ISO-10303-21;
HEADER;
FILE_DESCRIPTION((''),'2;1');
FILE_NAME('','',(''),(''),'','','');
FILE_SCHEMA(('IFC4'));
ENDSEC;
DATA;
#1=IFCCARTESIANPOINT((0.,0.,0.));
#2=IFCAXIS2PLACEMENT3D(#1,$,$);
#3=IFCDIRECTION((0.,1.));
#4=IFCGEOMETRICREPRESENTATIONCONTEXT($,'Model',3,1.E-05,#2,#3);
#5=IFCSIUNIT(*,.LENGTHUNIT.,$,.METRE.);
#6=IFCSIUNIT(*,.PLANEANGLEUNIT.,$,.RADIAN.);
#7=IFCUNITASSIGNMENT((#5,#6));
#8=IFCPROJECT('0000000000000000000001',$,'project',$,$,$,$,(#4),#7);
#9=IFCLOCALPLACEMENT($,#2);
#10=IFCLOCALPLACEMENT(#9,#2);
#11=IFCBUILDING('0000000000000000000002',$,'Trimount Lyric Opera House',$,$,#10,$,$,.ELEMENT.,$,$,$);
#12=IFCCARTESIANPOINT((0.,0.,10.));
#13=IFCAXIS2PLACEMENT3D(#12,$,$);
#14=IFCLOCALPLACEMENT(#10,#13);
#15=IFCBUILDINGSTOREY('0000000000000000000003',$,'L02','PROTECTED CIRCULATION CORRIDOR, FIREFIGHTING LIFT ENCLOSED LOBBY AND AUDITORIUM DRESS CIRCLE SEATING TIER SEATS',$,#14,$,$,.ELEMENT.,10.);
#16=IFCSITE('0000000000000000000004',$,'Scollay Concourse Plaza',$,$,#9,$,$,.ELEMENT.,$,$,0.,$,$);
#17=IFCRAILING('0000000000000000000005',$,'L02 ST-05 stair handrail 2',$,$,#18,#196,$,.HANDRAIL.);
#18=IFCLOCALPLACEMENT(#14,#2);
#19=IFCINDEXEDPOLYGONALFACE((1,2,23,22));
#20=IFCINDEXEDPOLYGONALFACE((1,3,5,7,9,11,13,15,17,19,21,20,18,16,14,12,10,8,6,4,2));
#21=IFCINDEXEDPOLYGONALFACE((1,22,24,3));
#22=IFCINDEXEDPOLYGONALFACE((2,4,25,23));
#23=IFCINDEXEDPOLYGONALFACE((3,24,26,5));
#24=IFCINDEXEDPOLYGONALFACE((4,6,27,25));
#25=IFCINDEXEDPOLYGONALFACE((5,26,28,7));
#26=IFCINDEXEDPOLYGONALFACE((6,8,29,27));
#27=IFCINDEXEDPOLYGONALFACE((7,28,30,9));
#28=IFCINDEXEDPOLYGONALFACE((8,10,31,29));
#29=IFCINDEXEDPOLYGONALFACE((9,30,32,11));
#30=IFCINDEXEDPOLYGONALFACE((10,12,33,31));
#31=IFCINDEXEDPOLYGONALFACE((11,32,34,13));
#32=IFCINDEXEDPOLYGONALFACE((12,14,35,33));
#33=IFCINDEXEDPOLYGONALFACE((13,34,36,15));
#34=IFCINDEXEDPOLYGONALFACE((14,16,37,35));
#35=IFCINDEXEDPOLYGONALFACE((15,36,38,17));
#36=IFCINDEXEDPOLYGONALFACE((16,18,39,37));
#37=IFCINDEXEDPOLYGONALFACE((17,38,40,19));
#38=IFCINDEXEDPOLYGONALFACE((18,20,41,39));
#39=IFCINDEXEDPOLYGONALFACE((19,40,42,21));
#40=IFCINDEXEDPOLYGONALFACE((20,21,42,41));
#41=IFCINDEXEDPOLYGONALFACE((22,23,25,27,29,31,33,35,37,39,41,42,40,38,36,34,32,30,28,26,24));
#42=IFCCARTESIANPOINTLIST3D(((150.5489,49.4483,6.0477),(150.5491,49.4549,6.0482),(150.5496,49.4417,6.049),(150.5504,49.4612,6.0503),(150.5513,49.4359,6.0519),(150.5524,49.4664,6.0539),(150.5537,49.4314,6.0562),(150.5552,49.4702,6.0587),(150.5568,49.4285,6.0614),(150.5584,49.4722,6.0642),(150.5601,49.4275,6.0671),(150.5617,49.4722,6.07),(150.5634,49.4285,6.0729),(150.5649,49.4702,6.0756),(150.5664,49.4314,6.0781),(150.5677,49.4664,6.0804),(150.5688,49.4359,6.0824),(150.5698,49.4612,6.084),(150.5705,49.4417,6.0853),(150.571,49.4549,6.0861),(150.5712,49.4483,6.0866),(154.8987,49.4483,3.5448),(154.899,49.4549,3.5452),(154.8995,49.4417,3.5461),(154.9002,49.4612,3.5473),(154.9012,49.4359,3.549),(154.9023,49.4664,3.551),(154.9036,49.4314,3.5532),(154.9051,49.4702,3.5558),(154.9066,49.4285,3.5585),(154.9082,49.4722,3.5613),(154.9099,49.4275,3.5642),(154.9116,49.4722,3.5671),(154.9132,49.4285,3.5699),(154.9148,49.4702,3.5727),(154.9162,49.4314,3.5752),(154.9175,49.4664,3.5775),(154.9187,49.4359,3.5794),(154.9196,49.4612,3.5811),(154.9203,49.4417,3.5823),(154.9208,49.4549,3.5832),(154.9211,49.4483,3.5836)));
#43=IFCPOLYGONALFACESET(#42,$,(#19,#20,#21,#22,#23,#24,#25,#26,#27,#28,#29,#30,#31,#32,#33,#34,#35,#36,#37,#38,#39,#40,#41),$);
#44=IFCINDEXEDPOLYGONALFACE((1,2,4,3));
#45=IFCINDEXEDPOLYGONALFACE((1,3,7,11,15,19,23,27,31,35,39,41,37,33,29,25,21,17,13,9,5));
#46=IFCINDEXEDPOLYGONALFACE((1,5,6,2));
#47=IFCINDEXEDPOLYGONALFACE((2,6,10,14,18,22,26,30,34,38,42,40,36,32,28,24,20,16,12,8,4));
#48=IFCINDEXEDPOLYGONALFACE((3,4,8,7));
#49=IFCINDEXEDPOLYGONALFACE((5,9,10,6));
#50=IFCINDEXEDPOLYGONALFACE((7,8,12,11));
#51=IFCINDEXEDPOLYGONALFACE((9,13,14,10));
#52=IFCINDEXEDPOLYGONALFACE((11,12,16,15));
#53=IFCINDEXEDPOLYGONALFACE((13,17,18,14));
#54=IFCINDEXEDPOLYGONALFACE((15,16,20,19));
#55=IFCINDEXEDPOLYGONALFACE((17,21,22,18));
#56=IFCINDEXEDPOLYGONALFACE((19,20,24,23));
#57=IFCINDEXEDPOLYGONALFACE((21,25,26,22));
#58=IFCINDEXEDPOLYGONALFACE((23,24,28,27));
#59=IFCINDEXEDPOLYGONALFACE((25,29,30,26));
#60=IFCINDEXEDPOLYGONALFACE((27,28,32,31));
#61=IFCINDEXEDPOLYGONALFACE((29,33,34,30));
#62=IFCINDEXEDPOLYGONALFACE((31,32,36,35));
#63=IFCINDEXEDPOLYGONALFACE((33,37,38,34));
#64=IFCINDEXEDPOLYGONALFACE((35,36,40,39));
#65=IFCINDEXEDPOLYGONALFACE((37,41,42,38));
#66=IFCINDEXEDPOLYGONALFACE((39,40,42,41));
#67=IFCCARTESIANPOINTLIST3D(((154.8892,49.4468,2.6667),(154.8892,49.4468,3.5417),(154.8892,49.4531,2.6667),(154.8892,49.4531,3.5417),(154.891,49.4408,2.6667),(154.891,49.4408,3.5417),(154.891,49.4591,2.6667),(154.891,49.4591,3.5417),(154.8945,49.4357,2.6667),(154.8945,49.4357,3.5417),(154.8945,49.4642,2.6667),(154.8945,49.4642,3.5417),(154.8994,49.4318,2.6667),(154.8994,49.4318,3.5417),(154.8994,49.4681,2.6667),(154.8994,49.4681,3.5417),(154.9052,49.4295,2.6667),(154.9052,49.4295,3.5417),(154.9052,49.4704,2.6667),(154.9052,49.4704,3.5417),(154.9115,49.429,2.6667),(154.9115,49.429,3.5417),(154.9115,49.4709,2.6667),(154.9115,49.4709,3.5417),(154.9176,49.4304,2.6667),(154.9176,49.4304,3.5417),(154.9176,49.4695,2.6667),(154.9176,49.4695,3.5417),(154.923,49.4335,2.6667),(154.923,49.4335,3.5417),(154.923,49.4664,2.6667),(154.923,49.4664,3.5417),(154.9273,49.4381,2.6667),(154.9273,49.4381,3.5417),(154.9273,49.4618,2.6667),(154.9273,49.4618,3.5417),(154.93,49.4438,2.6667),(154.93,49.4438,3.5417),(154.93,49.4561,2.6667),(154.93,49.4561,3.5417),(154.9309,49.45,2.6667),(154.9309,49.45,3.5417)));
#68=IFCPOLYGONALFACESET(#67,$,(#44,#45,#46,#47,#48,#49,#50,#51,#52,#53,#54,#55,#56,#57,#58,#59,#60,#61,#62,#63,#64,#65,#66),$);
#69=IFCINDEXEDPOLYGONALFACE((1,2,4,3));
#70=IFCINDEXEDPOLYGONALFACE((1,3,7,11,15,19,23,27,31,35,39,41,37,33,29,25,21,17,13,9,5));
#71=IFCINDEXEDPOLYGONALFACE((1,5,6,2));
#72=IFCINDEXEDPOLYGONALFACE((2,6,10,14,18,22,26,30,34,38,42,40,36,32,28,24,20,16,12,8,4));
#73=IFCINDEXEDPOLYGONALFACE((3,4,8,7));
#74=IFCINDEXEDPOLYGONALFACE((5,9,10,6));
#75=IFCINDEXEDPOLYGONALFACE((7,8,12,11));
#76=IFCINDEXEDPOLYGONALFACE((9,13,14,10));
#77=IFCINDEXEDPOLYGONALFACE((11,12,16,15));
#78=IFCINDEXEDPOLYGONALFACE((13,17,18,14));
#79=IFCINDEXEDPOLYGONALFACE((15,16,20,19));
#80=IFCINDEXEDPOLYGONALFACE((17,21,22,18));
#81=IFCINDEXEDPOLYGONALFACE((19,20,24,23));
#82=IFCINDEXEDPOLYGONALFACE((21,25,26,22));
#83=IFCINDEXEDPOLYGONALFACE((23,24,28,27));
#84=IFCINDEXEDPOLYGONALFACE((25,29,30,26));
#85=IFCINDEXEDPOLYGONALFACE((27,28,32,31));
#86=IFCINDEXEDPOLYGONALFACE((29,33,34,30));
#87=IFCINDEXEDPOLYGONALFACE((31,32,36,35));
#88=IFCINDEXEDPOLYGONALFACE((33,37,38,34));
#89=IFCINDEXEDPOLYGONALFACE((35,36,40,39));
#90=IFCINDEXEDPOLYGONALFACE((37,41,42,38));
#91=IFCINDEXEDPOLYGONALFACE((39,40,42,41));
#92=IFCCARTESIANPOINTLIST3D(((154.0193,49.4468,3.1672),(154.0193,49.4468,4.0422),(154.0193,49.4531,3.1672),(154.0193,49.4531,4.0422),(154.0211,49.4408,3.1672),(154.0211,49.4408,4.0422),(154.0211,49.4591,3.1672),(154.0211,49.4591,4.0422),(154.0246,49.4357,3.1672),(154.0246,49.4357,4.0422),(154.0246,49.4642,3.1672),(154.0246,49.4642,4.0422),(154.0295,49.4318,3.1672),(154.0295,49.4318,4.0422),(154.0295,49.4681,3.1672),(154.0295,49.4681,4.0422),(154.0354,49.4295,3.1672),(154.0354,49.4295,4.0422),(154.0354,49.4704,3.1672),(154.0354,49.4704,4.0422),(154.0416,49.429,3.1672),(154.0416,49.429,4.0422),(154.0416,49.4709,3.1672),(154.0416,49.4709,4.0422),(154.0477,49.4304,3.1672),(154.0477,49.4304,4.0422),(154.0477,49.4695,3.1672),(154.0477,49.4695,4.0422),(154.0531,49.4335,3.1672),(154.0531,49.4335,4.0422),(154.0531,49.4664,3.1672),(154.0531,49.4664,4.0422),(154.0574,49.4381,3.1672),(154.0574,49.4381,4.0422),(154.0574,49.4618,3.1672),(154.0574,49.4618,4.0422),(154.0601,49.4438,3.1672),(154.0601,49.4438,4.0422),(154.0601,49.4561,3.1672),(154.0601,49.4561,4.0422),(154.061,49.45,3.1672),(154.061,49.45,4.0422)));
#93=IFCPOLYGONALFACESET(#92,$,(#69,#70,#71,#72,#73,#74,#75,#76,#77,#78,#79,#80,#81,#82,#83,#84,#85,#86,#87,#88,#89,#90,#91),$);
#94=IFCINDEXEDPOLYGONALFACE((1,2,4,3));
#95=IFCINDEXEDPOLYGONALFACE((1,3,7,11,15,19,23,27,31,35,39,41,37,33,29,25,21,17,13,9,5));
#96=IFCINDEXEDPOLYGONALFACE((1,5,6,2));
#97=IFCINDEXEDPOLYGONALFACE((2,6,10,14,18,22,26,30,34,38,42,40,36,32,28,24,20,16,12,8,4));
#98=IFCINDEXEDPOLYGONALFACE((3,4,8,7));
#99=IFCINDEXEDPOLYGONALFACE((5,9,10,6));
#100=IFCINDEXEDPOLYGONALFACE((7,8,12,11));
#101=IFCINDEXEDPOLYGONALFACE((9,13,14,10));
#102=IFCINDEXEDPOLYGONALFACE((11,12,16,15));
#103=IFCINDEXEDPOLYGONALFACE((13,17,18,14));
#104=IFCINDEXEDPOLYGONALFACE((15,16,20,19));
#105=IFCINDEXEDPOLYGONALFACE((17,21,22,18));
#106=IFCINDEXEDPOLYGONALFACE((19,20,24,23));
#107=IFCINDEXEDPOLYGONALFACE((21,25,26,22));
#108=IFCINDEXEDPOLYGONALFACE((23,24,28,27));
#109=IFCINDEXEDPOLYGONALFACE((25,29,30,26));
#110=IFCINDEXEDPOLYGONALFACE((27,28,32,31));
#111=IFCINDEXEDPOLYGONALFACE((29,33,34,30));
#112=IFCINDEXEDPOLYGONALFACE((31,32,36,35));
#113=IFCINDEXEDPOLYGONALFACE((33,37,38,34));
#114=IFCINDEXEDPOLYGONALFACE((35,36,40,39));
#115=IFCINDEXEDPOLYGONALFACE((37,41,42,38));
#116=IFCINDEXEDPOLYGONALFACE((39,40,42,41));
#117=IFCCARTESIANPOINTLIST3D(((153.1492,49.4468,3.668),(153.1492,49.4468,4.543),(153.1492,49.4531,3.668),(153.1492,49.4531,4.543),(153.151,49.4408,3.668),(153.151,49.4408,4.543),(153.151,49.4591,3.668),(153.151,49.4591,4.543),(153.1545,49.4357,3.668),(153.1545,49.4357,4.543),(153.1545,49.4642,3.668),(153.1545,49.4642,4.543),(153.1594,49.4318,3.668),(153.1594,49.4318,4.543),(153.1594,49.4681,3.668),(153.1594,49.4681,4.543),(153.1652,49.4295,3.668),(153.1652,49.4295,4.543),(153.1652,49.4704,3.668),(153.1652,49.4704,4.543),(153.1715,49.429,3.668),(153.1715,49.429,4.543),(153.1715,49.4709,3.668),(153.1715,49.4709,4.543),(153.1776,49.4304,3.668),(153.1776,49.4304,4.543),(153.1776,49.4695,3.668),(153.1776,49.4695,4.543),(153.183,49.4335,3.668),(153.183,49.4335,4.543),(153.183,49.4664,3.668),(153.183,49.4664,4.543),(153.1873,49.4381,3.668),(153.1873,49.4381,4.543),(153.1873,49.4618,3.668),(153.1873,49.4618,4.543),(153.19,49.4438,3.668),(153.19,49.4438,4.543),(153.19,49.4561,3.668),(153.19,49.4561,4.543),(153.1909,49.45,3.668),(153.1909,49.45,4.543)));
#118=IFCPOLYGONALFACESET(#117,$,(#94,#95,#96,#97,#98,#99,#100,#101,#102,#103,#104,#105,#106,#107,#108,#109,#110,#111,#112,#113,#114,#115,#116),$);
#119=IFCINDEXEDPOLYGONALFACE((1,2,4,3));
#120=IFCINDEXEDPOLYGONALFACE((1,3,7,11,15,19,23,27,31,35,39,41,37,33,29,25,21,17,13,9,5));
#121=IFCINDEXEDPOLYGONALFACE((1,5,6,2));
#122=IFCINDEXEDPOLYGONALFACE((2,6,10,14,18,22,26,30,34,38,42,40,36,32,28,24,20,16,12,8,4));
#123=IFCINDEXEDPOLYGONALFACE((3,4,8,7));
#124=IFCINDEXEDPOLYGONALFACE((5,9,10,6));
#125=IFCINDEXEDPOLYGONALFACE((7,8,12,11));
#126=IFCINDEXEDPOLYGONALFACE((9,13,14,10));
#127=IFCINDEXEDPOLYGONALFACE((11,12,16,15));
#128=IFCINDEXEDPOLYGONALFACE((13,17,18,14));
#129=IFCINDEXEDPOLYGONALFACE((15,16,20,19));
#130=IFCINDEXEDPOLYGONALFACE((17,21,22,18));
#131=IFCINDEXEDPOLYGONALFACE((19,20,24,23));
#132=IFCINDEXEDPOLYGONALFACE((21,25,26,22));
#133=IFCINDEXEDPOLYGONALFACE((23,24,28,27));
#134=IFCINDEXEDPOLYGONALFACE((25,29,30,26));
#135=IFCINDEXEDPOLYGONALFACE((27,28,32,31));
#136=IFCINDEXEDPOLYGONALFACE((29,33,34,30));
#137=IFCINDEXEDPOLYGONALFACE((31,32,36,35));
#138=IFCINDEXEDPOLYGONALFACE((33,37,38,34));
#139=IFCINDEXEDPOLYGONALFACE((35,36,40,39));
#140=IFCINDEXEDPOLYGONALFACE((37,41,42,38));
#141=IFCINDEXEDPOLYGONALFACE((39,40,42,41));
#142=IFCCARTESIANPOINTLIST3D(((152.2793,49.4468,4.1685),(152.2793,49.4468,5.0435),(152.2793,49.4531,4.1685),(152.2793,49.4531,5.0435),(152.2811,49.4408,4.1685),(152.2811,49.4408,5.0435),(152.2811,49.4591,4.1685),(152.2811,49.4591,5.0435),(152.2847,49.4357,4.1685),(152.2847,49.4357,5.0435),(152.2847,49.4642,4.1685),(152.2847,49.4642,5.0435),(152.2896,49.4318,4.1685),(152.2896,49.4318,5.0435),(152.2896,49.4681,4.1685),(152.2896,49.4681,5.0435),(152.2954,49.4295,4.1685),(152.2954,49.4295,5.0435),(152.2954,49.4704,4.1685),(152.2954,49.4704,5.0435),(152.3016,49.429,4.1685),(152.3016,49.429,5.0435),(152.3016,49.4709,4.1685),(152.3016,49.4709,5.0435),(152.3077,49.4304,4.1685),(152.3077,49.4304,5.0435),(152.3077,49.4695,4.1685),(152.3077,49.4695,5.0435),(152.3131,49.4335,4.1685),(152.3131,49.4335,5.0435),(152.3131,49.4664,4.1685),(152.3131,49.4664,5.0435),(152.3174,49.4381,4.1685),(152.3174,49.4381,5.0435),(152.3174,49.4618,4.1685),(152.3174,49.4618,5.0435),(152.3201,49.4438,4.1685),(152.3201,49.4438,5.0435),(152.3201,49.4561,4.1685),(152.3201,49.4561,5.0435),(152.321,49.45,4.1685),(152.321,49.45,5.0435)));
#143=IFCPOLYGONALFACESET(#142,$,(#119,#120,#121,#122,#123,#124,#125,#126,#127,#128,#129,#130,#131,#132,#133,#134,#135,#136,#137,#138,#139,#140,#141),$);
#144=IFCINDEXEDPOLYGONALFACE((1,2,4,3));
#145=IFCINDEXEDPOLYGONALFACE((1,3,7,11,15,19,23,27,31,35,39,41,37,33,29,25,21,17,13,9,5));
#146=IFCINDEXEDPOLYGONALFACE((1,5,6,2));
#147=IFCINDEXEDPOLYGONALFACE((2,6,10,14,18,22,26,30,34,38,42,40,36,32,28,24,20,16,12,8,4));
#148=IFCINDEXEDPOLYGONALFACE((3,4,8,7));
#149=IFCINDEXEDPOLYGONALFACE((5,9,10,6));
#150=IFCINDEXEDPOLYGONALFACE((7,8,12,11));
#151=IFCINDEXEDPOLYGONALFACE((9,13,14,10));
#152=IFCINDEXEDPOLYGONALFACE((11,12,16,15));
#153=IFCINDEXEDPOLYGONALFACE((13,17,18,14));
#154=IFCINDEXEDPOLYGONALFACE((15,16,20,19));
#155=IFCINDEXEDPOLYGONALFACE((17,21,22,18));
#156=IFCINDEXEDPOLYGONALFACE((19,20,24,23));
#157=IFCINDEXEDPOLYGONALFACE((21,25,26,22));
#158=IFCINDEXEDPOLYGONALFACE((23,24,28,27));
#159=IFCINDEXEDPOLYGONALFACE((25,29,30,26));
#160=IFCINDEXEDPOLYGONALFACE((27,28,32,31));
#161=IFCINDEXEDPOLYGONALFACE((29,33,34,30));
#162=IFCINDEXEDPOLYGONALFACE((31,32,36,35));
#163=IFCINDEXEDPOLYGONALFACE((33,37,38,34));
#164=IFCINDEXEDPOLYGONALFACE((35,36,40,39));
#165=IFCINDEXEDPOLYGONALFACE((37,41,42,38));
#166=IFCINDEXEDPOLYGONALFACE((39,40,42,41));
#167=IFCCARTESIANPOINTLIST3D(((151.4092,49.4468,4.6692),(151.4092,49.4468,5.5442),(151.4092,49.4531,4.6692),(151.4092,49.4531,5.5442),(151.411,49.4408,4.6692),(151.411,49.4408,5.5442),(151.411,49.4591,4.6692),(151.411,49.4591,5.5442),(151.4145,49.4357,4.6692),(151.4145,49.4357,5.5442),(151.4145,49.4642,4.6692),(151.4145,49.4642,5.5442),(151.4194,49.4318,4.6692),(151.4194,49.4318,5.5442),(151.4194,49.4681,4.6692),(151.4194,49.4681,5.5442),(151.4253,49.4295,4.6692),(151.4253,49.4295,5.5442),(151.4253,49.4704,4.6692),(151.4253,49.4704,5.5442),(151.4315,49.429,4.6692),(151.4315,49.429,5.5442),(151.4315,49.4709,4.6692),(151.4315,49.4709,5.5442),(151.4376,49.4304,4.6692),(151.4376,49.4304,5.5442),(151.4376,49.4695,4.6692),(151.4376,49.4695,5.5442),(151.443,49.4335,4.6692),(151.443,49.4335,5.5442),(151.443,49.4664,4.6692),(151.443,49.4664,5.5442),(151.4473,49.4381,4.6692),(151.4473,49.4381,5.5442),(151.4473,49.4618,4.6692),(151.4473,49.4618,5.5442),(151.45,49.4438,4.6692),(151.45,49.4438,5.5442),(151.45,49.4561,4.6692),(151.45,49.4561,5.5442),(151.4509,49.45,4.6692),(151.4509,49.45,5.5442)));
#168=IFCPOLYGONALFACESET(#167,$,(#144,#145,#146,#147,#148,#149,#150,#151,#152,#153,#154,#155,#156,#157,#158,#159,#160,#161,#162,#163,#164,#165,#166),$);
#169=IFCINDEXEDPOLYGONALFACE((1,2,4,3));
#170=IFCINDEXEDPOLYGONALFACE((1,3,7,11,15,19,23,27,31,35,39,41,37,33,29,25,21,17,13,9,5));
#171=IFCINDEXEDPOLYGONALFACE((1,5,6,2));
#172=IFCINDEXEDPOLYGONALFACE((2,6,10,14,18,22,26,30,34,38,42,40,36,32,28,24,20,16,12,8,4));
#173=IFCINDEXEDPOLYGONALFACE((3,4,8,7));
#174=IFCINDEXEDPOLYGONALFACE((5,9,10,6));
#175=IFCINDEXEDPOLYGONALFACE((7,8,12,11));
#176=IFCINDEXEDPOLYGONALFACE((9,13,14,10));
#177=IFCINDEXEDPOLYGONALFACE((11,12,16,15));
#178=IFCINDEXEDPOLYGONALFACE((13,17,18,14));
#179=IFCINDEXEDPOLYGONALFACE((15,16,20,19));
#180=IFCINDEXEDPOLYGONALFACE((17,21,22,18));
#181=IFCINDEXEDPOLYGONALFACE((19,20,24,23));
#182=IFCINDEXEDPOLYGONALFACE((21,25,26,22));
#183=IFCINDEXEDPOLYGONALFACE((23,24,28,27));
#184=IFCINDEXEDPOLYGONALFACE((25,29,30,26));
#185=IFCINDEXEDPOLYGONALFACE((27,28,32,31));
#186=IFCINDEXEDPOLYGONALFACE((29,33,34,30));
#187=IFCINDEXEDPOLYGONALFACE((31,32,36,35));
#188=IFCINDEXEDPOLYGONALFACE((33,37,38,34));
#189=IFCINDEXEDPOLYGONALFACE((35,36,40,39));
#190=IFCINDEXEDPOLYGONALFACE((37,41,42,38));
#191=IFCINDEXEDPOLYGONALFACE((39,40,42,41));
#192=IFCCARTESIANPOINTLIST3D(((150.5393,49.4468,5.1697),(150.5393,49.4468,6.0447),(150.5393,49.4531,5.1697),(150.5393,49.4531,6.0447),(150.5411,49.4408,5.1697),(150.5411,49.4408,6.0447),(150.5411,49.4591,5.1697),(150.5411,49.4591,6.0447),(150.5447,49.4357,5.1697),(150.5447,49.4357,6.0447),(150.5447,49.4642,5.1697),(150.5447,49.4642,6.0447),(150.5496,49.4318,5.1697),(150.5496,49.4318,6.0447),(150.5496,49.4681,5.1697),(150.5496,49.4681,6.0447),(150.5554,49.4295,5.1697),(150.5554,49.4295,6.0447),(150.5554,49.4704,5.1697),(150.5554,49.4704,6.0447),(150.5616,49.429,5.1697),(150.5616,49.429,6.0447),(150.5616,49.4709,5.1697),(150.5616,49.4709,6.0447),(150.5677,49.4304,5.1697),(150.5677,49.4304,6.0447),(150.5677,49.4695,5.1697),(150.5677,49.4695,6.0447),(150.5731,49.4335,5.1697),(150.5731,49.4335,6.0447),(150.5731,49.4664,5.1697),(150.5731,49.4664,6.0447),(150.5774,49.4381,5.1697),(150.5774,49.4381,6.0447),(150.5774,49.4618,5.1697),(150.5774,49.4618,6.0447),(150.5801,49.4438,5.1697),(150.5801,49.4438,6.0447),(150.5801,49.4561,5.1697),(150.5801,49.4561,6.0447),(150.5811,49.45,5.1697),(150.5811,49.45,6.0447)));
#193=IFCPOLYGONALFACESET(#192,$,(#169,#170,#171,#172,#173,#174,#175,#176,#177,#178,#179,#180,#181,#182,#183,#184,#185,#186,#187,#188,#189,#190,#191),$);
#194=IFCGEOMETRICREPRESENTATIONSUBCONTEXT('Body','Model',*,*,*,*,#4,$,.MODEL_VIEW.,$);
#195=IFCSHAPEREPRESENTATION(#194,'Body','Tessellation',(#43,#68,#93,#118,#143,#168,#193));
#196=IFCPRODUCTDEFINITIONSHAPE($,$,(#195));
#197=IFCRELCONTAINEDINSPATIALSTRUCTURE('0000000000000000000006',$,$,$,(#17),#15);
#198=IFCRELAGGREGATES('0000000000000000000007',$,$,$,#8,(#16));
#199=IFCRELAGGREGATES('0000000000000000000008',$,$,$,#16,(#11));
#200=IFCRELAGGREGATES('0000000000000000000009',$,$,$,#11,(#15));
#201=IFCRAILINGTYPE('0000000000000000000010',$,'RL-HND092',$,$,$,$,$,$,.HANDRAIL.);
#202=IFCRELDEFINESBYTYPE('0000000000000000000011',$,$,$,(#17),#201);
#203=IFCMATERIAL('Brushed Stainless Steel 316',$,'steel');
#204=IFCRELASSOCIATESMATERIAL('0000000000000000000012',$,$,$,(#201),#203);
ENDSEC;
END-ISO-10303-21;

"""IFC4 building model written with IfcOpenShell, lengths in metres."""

from ifc_helpers import new_model, si_unit, direction, frame, origin, origin_2d, place, context, subcontext, project, spatial, circle, extrude, material, type_object, element, save


model = new_model("IFC4")

# Units and contexts
model_context = context("Model", 3, precision=1e-05, world=origin(), true_north=direction((0.0, 1.0)))
body_context = subcontext(model_context, "Body", "Model", "MODEL_VIEW")
ifc_project = project(units=[si_unit("LENGTHUNIT", "METRE"), si_unit("PLANEANGLEUNIT", "RADIAN")], contexts=[model_context])

# Site, building, storey
site_placement = place(None, origin())
site = spatial("IfcSite", under=ifc_project, at=site_placement, Name="Scollay Concourse Plaza", CompositionType="ELEMENT", RefElevation=0.0)
building_placement = place(site_placement, origin())
building = spatial("IfcBuilding", under=site, at=building_placement, Name="Trimount Lyric Opera House", CompositionType="ELEMENT")
storey_placement = place(building_placement, frame((0.0, 0.0, 10.0)))
storey = spatial("IfcBuildingStorey", under=building, at=storey_placement, Name="L02", Description="PROTECTED CIRCULATION CORRIDOR, FIREFIGHTING LIFT ENCLOSED LOBBY AND AUDITORIUM DRESS CIRCLE SEATING TIER SEATS", CompositionType="ELEMENT", Elevation=10.0)

# Railing
ifc_material_1 = material(Name="Brushed Stainless Steel 316", Category="steel")
railing_type = type_object("IfcRailingType", Name="RL-HND092", PredefinedType="HANDRAIL", material=ifc_material_1)
railing_placement = place(storey_placement, frame((154.9099, 49.45, 2.6667)))
element("IfcRailing", 1, at=railing_placement, inside=storey, type_object=railing_type, Name="L02 ST-05 stair handrail 2", PredefinedType="HANDRAIL", context=body_context, shape_type="SweptSolid", body=[
    extrude(circle(Radius=0.0225, at=origin_2d()), frame((0.0, 0.0, 0.8975), z_axis=(-0.866754, 0.0, 0.498735), x_axis=(0.0, -1.0, 0.0)), (0.0, 0.0, 1.0), 5.0186),
    extrude(circle(Radius=0.021, at=origin_2d()), origin(), (0.0, 0.0, 1.0), 0.875),
    extrude(circle(Radius=0.021, at=origin_2d()), frame((-0.8699, 0.0, 0.5005)), (0.0, 0.0, 1.0), 0.875),
    extrude(circle(Radius=0.021, at=origin_2d()), frame((-1.74, 0.0, 1.0012)), (0.0, 0.0, 1.0), 0.875),
    extrude(circle(Radius=0.021, at=origin_2d()), frame((-2.6099, 0.0, 1.5017)), (0.0, 0.0, 1.0), 0.875),
    extrude(circle(Radius=0.021, at=origin_2d()), frame((-3.48, 0.0, 2.0024)), (0.0, 0.0, 1.0), 0.875),
    extrude(circle(Radius=0.021, at=origin_2d()), frame((-4.3499, 0.0, 2.5029)), (0.0, 0.0, 1.0), 0.875),
])

save(model, "model.ifc")
